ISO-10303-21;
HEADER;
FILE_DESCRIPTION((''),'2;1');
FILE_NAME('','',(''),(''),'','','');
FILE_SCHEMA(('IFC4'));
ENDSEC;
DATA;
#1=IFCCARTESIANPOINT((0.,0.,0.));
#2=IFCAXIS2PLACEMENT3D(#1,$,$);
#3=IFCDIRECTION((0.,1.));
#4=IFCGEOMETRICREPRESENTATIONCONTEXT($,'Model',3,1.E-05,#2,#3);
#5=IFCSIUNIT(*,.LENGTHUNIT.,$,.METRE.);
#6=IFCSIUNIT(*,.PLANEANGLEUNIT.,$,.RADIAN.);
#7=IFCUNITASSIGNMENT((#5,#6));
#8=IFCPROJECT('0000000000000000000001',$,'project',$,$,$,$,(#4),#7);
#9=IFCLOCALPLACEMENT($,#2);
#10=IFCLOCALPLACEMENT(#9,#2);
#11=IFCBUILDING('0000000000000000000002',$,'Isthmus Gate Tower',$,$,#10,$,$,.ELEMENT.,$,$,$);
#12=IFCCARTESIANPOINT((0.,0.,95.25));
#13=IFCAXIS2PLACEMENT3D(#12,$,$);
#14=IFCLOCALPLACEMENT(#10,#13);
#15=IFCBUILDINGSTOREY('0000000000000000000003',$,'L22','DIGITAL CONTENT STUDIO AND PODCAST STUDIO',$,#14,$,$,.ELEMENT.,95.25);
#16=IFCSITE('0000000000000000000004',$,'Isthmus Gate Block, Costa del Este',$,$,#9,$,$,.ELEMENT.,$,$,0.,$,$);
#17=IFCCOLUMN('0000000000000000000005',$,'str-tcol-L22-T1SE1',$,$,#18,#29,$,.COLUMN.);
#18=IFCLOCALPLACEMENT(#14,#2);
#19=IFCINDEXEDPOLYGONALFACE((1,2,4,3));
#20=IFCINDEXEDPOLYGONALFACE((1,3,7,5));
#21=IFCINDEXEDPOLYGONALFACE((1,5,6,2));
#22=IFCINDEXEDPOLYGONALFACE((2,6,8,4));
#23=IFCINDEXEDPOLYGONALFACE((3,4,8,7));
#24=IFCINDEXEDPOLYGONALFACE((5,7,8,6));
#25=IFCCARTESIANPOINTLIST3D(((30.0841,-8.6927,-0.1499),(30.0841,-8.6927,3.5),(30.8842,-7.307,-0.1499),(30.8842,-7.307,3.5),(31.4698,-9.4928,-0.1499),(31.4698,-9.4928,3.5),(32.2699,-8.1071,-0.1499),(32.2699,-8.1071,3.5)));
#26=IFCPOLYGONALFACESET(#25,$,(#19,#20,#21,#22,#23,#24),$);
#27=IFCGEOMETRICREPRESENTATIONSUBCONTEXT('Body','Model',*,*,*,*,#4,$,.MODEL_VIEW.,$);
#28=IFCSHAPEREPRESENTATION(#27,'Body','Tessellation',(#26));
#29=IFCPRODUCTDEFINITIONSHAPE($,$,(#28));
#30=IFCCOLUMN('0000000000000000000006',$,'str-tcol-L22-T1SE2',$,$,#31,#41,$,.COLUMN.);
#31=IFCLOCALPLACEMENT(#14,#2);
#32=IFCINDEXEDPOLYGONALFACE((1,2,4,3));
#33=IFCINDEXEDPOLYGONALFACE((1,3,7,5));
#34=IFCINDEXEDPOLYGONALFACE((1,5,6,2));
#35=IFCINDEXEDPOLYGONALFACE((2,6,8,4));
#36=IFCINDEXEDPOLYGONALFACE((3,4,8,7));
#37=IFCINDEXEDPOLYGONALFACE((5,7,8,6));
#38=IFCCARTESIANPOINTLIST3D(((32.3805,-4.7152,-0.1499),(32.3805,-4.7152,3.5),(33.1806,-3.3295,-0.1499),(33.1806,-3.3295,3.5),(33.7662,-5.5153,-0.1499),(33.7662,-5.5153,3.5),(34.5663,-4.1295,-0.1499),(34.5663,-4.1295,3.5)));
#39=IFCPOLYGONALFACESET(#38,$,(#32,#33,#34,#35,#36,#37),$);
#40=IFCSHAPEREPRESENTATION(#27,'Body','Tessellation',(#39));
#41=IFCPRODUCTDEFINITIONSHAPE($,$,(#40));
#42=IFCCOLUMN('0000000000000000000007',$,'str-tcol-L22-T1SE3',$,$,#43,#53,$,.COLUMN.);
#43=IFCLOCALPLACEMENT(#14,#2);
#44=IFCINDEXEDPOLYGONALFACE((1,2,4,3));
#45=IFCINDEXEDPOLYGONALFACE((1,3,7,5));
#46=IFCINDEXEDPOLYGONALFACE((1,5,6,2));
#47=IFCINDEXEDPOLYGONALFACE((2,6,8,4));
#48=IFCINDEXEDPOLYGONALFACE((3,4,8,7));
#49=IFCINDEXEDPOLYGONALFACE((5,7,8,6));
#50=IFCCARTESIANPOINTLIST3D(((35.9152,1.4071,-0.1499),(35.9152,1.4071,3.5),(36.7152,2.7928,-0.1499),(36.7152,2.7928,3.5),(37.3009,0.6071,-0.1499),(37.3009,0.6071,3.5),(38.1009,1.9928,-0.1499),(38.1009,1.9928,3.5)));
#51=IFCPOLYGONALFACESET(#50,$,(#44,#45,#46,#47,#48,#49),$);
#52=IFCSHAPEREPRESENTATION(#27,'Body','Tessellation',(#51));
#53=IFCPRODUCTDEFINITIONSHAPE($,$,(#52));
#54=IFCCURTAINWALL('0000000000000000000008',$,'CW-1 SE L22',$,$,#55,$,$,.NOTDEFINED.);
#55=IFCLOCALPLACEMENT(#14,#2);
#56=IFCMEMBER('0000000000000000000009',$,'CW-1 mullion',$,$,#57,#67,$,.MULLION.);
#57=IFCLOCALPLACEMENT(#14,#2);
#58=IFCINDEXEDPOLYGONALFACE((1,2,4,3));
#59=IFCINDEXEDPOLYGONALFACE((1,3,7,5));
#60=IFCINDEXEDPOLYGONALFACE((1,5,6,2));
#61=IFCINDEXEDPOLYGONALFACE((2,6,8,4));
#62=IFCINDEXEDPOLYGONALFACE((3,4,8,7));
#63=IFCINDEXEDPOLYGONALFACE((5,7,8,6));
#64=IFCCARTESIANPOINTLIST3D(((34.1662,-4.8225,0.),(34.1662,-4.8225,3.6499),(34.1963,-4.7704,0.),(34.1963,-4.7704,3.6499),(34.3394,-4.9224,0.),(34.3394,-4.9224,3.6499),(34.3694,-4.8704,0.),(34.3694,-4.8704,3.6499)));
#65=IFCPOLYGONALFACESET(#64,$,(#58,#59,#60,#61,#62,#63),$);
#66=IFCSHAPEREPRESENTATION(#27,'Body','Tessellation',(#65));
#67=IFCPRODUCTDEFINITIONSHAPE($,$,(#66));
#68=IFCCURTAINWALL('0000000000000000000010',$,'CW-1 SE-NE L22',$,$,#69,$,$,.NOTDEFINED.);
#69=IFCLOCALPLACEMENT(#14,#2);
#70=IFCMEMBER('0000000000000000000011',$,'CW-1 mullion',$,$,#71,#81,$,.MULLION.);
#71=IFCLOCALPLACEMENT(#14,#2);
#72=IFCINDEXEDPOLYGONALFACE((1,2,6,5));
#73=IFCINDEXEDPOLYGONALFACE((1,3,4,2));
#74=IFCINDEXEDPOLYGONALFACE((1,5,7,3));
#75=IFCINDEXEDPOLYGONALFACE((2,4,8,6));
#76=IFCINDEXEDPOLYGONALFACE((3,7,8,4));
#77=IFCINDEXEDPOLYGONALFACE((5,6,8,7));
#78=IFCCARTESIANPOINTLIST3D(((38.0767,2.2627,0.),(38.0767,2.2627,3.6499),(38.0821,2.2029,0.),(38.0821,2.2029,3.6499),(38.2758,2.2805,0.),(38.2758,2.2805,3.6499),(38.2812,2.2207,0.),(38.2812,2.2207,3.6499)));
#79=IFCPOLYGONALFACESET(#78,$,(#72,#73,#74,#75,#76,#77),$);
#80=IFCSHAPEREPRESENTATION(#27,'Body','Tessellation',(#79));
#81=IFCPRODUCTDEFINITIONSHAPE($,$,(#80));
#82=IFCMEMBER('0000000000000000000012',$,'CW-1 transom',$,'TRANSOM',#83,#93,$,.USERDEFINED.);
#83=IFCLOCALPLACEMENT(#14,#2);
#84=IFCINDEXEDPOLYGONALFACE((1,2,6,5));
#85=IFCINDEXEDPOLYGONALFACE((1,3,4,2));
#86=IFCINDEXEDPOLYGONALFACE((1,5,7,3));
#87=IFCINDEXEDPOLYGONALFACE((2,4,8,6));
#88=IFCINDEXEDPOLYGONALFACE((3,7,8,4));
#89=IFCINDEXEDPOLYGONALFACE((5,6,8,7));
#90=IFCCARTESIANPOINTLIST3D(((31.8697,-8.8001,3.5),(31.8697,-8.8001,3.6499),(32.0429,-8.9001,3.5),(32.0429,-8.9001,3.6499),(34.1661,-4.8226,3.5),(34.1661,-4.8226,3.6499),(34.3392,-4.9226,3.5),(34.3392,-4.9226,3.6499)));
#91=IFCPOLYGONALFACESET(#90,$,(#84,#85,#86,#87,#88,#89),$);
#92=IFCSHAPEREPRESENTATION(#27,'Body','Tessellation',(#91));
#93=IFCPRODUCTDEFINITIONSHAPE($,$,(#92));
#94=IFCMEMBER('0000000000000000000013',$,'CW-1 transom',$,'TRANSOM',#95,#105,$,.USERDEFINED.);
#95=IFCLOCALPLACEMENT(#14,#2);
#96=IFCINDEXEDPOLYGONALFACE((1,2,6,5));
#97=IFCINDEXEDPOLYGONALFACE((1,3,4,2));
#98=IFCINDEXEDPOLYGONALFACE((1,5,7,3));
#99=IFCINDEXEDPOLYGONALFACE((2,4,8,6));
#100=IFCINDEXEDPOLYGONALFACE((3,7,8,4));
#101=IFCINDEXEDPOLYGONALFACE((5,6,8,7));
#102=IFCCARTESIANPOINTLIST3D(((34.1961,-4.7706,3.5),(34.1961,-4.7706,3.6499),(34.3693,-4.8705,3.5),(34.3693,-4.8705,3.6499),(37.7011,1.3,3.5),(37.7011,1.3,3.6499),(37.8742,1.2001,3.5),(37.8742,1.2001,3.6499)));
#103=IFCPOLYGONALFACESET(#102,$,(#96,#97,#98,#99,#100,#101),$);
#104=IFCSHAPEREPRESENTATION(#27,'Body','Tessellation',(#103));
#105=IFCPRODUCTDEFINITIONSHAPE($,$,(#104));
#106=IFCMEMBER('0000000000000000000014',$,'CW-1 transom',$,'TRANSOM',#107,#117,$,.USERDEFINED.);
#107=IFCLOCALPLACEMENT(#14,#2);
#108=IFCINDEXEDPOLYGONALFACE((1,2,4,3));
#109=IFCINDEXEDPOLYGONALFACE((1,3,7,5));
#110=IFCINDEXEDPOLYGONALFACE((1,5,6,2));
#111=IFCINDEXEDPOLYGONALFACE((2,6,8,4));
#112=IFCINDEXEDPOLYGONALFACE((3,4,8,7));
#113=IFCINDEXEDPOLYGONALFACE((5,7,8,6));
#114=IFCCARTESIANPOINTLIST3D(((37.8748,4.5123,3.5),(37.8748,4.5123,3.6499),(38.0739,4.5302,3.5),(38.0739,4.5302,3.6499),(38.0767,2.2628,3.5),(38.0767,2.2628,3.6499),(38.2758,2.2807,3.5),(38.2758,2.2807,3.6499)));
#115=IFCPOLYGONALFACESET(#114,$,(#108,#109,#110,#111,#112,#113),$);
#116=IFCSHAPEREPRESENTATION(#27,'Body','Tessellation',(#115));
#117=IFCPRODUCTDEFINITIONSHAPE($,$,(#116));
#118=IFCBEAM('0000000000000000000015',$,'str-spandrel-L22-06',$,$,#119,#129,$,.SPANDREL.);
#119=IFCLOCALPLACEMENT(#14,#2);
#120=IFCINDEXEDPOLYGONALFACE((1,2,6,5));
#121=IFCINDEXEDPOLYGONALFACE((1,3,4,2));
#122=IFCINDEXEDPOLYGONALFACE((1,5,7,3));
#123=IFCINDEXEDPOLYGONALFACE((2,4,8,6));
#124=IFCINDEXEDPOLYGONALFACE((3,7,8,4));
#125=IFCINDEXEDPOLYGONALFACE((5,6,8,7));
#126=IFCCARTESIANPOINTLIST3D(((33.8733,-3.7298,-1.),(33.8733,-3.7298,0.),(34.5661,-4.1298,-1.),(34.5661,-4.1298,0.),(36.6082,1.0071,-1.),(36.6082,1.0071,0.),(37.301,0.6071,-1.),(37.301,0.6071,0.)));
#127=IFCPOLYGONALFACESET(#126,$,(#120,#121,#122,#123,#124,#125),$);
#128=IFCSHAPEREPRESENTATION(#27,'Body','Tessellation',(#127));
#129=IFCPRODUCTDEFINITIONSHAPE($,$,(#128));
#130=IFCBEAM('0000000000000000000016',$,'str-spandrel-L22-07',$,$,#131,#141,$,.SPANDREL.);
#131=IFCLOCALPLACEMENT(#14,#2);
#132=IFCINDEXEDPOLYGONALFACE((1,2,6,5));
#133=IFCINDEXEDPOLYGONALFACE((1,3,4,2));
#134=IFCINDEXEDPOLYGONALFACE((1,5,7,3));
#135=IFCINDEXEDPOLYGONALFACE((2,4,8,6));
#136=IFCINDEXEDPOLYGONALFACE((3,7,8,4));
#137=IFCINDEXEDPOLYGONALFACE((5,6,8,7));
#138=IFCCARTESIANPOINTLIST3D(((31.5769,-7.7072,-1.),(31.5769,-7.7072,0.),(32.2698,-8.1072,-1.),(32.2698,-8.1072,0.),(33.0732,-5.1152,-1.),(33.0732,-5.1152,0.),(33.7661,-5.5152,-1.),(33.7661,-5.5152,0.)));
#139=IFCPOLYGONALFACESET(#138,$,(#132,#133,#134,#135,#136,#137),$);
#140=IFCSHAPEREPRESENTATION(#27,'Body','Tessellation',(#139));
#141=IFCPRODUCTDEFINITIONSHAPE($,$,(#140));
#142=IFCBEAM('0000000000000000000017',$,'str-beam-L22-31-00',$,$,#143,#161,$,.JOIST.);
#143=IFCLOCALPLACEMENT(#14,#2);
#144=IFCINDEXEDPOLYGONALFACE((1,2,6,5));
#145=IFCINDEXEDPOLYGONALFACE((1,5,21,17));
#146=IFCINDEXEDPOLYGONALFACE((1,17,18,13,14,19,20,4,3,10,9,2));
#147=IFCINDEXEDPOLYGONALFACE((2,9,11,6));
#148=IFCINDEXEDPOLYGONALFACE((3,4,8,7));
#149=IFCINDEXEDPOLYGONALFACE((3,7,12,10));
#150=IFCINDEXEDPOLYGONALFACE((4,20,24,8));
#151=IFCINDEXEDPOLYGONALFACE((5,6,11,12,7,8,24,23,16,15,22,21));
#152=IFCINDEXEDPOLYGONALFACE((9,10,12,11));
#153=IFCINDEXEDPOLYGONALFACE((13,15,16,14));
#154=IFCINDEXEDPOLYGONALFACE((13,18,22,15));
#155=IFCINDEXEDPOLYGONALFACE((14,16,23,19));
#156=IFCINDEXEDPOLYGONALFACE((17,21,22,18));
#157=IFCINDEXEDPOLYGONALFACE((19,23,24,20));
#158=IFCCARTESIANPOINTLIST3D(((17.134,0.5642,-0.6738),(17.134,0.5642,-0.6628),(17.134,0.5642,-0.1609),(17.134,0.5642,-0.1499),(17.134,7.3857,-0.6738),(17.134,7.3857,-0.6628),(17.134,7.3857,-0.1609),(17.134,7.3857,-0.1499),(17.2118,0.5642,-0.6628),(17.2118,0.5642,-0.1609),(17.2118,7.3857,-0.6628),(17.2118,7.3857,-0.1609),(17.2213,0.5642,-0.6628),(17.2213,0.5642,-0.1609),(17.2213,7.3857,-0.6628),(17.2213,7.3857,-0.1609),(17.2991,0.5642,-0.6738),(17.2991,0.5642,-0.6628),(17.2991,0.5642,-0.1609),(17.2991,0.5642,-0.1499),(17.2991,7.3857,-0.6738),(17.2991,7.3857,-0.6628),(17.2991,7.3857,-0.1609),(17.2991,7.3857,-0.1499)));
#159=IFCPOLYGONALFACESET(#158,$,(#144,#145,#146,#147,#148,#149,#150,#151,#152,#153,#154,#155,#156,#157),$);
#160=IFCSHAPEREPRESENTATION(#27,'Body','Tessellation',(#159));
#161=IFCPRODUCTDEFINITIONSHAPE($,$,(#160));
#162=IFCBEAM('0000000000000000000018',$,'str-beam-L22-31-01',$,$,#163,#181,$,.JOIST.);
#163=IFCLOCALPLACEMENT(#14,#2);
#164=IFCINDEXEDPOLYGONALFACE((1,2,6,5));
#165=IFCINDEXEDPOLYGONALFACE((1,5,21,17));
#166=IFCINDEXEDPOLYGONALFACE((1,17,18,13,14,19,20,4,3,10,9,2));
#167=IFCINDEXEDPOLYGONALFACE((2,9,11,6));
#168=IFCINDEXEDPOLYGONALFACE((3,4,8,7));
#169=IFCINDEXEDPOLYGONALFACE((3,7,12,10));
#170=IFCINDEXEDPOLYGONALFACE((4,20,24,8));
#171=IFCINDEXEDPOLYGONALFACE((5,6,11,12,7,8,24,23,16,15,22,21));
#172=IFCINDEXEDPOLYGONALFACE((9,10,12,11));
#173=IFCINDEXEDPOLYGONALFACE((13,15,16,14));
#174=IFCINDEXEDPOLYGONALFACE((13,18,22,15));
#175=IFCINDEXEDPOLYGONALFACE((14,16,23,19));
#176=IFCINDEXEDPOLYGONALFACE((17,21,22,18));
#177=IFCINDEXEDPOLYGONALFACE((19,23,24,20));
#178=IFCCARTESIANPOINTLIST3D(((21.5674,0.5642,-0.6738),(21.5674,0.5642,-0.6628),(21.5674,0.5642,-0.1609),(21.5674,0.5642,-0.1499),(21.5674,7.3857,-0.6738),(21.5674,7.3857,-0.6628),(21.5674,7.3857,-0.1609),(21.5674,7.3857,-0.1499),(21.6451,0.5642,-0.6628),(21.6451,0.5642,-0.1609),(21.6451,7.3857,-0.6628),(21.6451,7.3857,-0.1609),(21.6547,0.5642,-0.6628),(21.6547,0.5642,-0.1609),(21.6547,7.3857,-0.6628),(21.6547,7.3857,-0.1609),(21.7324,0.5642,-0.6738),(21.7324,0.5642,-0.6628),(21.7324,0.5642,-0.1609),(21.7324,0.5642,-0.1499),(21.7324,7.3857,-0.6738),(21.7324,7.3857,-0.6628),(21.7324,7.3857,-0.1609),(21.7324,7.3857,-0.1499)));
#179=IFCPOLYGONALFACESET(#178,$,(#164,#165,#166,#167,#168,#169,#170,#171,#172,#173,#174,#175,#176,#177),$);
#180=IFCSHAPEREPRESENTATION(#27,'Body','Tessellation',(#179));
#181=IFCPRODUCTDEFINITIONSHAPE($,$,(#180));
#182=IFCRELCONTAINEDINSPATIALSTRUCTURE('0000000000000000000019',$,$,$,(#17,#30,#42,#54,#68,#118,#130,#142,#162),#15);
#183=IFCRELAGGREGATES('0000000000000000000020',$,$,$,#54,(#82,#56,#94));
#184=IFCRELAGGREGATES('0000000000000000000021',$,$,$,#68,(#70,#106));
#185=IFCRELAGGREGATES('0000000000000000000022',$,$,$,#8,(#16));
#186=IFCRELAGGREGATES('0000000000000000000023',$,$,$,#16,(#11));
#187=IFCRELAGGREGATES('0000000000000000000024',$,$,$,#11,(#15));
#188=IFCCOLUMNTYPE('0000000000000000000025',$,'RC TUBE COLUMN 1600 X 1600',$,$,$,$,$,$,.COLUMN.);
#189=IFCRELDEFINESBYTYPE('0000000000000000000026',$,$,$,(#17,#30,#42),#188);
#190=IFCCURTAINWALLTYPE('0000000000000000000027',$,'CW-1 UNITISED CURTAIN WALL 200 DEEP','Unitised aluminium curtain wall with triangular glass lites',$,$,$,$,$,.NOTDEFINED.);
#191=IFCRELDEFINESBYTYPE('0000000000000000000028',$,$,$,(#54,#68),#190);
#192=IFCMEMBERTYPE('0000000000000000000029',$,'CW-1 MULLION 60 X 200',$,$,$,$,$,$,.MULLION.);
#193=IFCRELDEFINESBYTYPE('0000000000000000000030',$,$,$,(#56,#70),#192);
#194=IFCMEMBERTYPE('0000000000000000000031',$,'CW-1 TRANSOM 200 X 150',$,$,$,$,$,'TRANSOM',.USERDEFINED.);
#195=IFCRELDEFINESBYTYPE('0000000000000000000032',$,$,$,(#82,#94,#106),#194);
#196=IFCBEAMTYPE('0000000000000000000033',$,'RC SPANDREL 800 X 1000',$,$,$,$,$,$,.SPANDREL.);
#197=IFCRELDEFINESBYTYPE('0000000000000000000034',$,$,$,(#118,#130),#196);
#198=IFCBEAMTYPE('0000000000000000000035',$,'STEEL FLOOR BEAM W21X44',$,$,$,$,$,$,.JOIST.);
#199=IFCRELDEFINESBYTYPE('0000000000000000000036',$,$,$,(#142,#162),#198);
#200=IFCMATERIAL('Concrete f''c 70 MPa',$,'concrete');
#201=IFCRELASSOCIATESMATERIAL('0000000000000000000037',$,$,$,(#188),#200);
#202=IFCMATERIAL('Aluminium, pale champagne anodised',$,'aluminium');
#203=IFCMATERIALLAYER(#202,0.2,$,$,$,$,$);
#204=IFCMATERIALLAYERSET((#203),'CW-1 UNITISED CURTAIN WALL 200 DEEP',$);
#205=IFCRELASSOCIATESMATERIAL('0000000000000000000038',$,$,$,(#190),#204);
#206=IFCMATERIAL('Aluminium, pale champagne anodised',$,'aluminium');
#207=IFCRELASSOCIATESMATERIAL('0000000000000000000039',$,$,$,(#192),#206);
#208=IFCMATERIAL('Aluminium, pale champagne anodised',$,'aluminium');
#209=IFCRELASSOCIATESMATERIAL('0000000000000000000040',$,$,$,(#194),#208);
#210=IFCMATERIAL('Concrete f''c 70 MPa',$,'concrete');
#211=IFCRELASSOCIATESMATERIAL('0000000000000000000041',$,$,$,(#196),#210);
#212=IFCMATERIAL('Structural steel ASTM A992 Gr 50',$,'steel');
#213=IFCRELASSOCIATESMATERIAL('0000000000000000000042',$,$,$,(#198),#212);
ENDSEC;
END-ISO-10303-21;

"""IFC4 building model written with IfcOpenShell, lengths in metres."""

from ifc_helpers import new_model, si_unit, direction, frame, origin, origin_2d, place, context, subcontext, project, spatial, rectangle, i_section, extrude, material, layer, layer_set, material_profile, profile_set, type_object, element, aggregate, save


model = new_model("IFC4")

# Units and contexts
model_context = context("Model", 3, precision=1e-05, world=origin(), true_north=direction((0.0, 1.0)))
body_context = subcontext(model_context, "Body", "Model", "MODEL_VIEW")
ifc_project = project(units=[si_unit("LENGTHUNIT", "METRE"), si_unit("PLANEANGLEUNIT", "RADIAN")], contexts=[model_context])

# Site, building, storey
site_placement = place(None, origin())
site = spatial("IfcSite", under=ifc_project, at=site_placement, Name="Isthmus Gate Block, Costa del Este", CompositionType="ELEMENT", RefElevation=0.0)
building_placement = place(site_placement, origin())
building = spatial("IfcBuilding", under=site, at=building_placement, Name="Isthmus Gate Tower", CompositionType="ELEMENT")
storey_placement = place(building_placement, frame((0.0, 0.0, 95.25)))
storey = spatial("IfcBuildingStorey", under=building, at=storey_placement, Name="L22", Description="DIGITAL CONTENT STUDIO AND PODCAST STUDIO", CompositionType="ELEMENT", Elevation=95.25)

# Columns
ifc_material_1 = material(Name="Concrete f'c 70 MPa", Category="concrete")
ifc_material_profile_1 = material_profile(ifc_material_1, rectangle(XDim=1.6001, YDim=1.6001, at=origin_2d()), Name="RC 1600X1600")
ifc_profile_set_1 = profile_set([ifc_material_profile_1], Name="Concrete f'c 70 MPa")
column_type = type_object("IfcColumnType", Name="RC TUBE COLUMN 1600 X 1600", PredefinedType="COLUMN", material=ifc_profile_set_1)
for number, where, z_axis, x_axis, name in (
    (1, (31.177, -8.3999, -0.1499), (0.0, 0.0, 1.0), (0.5, 0.866025, 0.0), "str-tcol-L22-T1SE1"),
    (2, (33.4734, -4.4224, -0.1499), (0.0, 0.0, 1.0), (0.5, 0.866025, 0.0), "str-tcol-L22-T1SE2"),
    (3, (37.0081, 1.7, -0.1499), (0.0, 0.0, 1.0), (0.5, 0.866025, 0.0), "str-tcol-L22-T1SE3"),
):
    element("IfcColumn", number, at=place(storey_placement, frame(where, z_axis=z_axis, x_axis=x_axis)), inside=storey, type_object=column_type, Name=name, PredefinedType="COLUMN", context=body_context, shape_type="SweptSolid", body=[
        extrude(rectangle(XDim=1.6001, YDim=1.6001, at=origin_2d()), origin(), (0.0, 0.0, 1.0), 3.6499),
    ])

# Curtain walls, members
ifc_material_2 = material(Name="Aluminium, pale champagne anodised", Category="aluminium")
ifc_layer_1 = layer(ifc_material_2, 0.2)
ifc_layer_set_1 = layer_set([ifc_layer_1], Name="CW-1 UNITISED CURTAIN WALL 200 DEEP")
curtain_wall_type = type_object("IfcCurtainWallType", Name="CW-1 UNITISED CURTAIN WALL 200 DEEP", Description="Unitised aluminium curtain wall with triangular glass lites", PredefinedType="NOTDEFINED", material=ifc_layer_set_1)
curtain_wall_1_placement = place(storey_placement, origin())
curtain_wall_1 = element("IfcCurtainWall", 4, at=curtain_wall_1_placement, inside=storey, type_object=curtain_wall_type, Name="CW-1 SE L22", PredefinedType="NOTDEFINED")
ifc_material_3 = material(Name="Aluminium, pale champagne anodised", Category="aluminium")
ifc_material_profile_2 = material_profile(ifc_material_3, rectangle(XDim=0.0601, YDim=0.2, at=origin_2d()), Name="60x200")
ifc_profile_set_2 = profile_set([ifc_material_profile_2], Name="Aluminium, pale champagne anodised")
member_type_1 = type_object("IfcMemberType", Name="CW-1 MULLION 60 X 200", PredefinedType="MULLION", material=ifc_profile_set_2)
member_1_placement = place(storey_placement, frame((34.2678, -4.8464, 0.0), z_axis=(0.0, 0.0, 1.0), x_axis=(0.5, 0.866025, 0.0)))
member_1 = element("IfcMember", 5, at=member_1_placement, type_object=member_type_1, Name="CW-1 mullion", PredefinedType="MULLION", context=body_context, shape_type="SweptSolid", body=[
    extrude(rectangle(XDim=0.0601, YDim=0.2, at=origin_2d()), origin(), (0.0, 0.0, 1.0), 3.6499),
])
curtain_wall_2_placement = place(storey_placement, origin())
curtain_wall_2 = element("IfcCurtainWall", 6, at=curtain_wall_2_placement, inside=storey, type_object=curtain_wall_type, Name="CW-1 SE-NE L22", PredefinedType="NOTDEFINED")
member_2_placement = place(storey_placement, frame((38.179, 2.2417, 0.0), z_axis=(0.0, 0.0, 1.0), x_axis=(-0.089397, 0.995996, 0.0)))
member_2 = element("IfcMember", 7, at=member_2_placement, type_object=member_type_1, Name="CW-1 mullion", PredefinedType="MULLION", context=body_context, shape_type="SweptSolid", body=[
    extrude(rectangle(XDim=0.0601, YDim=0.2, at=origin_2d()), origin(), (0.0, 0.0, 1.0), 3.6499),
])

# Members
ifc_material_4 = material(Name="Aluminium, pale champagne anodised", Category="aluminium")
ifc_material_profile_3 = material_profile(ifc_material_4, rectangle(XDim=0.2, YDim=0.1499, at=origin_2d()), Name="200x150")
ifc_profile_set_3 = profile_set([ifc_material_profile_3], Name="Aluminium, pale champagne anodised")
member_type_2 = type_object("IfcMemberType", Name="CW-1 TRANSOM 200 X 150", ElementType="TRANSOM", PredefinedType="USERDEFINED", material=ifc_profile_set_3)
member_3_placement = place(storey_placement, frame((31.9563, -8.8501, 3.575), z_axis=(0.499992, 0.86603, 0.0), x_axis=(-0.86603, 0.499992, 0.0)))
member_3 = element("IfcMember", 8, at=member_3_placement, type_object=member_type_2, Name="CW-1 transom", ObjectType="TRANSOM", PredefinedType="USERDEFINED", context=body_context, shape_type="SweptSolid", body=[
    extrude(rectangle(XDim=0.2, YDim=0.1499, at=origin_2d()), origin(), (0.0, 0.0, 1.0), 4.5928),
])
member_4_placement = place(storey_placement, frame((34.2827, -4.8206, 3.575), z_axis=(0.500005, 0.866023, 0.0), x_axis=(-0.866023, 0.500005, 0.0)))
member_4 = element("IfcMember", 9, at=member_4_placement, type_object=member_type_2, Name="CW-1 transom", ObjectType="TRANSOM", PredefinedType="USERDEFINED", context=body_context, shape_type="SweptSolid", body=[
    extrude(rectangle(XDim=0.2, YDim=0.1499, at=origin_2d()), origin(), (0.0, 0.0, 1.0), 7.0098),
])
member_5_placement = place(storey_placement, frame((38.1763, 2.2717, 3.575), z_axis=(-0.089395, 0.995996, 0.0), x_axis=(-0.995996, -0.089395, 0.0)))
member_5 = element("IfcMember", 10, at=member_5_placement, type_object=member_type_2, Name="CW-1 transom", ObjectType="TRANSOM", PredefinedType="USERDEFINED", context=body_context, shape_type="SweptSolid", body=[
    extrude(rectangle(XDim=0.2, YDim=0.1499, at=origin_2d()), origin(), (0.0, 0.0, 1.0), 2.2585),
])

# Beams
ifc_material_5 = material(Name="Concrete f'c 70 MPa", Category="concrete")
ifc_material_profile_4 = material_profile(ifc_material_5, rectangle(XDim=0.8, YDim=1.0, at=origin_2d()), Name="RC 800X1000")
ifc_profile_set_4 = profile_set([ifc_material_profile_4], Name="Concrete f'c 70 MPa")
beam_type_1 = type_object("IfcBeamType", Name="RC SPANDREL 800 X 1000", PredefinedType="SPANDREL", material=ifc_profile_set_4)
beam_1_placement = place(storey_placement, frame((36.9546, 0.8071, -0.5), z_axis=(-0.500008, -0.866021, 0.0), x_axis=(0.866021, -0.500008, 0.0)))
element("IfcBeam", 11, at=beam_1_placement, inside=storey, type_object=beam_type_1, Name="str-spandrel-L22-06", PredefinedType="SPANDREL", context=body_context, shape_type="SweptSolid", body=[
    extrude(rectangle(XDim=0.8, YDim=1.0, at=origin_2d()), origin(), (0.0, 0.0, 1.0), 5.4697),
])
beam_2_placement = place(storey_placement, frame((33.4197, -5.3152, -0.5), z_axis=(-0.499955, -0.866051, 0.0), x_axis=(0.866051, -0.499955, 0.0)))
element("IfcBeam", 12, at=beam_2_placement, inside=storey, type_object=beam_type_1, Name="str-spandrel-L22-07", PredefinedType="SPANDREL", context=body_context, shape_type="SweptSolid", body=[
    extrude(rectangle(XDim=0.8, YDim=1.0, at=origin_2d()), origin(), (0.0, 0.0, 1.0), 2.9929),
])
ifc_material_6 = material(Name="Structural steel ASTM A992 Gr 50", Category="steel")
ifc_material_profile_5 = material_profile(ifc_material_6, i_section(OverallWidth=0.165, OverallDepth=0.5239, WebThickness=0.0095, FlangeThickness=0.011, at=origin_2d()), Name="W21X44")
ifc_profile_set_5 = profile_set([ifc_material_profile_5], Name="Structural steel ASTM A992 Gr 50")
beam_type_2 = type_object("IfcBeamType", Name="STEEL FLOOR BEAM W21X44", PredefinedType="JOIST", material=ifc_profile_set_5)
for number, where, z_axis, x_axis, name in (
    (13, (17.2166, 0.5642, -0.4119), (0.0, 1.0, 0.0), (-1.0, 0.0, 0.0), "str-beam-L22-31-00"),
    (14, (21.6499, 0.5642, -0.4119), (0.0, 1.0, 0.0), (-1.0, 0.0, 0.0), "str-beam-L22-31-01"),
):
    element("IfcBeam", number, at=place(storey_placement, frame(where, z_axis=z_axis, x_axis=x_axis)), inside=storey, type_object=beam_type_2, Name=name, PredefinedType="JOIST", context=body_context, shape_type="SweptSolid", body=[
        extrude(i_section(OverallWidth=0.165, OverallDepth=0.5239, WebThickness=0.0095, FlangeThickness=0.011, at=origin_2d()), origin(), (0.0, 0.0, 1.0), 6.8215),
    ])

aggregate(curtain_wall_1, [member_3, member_1, member_4])
aggregate(curtain_wall_2, [member_2, member_5])

save(model, "model.ifc")
